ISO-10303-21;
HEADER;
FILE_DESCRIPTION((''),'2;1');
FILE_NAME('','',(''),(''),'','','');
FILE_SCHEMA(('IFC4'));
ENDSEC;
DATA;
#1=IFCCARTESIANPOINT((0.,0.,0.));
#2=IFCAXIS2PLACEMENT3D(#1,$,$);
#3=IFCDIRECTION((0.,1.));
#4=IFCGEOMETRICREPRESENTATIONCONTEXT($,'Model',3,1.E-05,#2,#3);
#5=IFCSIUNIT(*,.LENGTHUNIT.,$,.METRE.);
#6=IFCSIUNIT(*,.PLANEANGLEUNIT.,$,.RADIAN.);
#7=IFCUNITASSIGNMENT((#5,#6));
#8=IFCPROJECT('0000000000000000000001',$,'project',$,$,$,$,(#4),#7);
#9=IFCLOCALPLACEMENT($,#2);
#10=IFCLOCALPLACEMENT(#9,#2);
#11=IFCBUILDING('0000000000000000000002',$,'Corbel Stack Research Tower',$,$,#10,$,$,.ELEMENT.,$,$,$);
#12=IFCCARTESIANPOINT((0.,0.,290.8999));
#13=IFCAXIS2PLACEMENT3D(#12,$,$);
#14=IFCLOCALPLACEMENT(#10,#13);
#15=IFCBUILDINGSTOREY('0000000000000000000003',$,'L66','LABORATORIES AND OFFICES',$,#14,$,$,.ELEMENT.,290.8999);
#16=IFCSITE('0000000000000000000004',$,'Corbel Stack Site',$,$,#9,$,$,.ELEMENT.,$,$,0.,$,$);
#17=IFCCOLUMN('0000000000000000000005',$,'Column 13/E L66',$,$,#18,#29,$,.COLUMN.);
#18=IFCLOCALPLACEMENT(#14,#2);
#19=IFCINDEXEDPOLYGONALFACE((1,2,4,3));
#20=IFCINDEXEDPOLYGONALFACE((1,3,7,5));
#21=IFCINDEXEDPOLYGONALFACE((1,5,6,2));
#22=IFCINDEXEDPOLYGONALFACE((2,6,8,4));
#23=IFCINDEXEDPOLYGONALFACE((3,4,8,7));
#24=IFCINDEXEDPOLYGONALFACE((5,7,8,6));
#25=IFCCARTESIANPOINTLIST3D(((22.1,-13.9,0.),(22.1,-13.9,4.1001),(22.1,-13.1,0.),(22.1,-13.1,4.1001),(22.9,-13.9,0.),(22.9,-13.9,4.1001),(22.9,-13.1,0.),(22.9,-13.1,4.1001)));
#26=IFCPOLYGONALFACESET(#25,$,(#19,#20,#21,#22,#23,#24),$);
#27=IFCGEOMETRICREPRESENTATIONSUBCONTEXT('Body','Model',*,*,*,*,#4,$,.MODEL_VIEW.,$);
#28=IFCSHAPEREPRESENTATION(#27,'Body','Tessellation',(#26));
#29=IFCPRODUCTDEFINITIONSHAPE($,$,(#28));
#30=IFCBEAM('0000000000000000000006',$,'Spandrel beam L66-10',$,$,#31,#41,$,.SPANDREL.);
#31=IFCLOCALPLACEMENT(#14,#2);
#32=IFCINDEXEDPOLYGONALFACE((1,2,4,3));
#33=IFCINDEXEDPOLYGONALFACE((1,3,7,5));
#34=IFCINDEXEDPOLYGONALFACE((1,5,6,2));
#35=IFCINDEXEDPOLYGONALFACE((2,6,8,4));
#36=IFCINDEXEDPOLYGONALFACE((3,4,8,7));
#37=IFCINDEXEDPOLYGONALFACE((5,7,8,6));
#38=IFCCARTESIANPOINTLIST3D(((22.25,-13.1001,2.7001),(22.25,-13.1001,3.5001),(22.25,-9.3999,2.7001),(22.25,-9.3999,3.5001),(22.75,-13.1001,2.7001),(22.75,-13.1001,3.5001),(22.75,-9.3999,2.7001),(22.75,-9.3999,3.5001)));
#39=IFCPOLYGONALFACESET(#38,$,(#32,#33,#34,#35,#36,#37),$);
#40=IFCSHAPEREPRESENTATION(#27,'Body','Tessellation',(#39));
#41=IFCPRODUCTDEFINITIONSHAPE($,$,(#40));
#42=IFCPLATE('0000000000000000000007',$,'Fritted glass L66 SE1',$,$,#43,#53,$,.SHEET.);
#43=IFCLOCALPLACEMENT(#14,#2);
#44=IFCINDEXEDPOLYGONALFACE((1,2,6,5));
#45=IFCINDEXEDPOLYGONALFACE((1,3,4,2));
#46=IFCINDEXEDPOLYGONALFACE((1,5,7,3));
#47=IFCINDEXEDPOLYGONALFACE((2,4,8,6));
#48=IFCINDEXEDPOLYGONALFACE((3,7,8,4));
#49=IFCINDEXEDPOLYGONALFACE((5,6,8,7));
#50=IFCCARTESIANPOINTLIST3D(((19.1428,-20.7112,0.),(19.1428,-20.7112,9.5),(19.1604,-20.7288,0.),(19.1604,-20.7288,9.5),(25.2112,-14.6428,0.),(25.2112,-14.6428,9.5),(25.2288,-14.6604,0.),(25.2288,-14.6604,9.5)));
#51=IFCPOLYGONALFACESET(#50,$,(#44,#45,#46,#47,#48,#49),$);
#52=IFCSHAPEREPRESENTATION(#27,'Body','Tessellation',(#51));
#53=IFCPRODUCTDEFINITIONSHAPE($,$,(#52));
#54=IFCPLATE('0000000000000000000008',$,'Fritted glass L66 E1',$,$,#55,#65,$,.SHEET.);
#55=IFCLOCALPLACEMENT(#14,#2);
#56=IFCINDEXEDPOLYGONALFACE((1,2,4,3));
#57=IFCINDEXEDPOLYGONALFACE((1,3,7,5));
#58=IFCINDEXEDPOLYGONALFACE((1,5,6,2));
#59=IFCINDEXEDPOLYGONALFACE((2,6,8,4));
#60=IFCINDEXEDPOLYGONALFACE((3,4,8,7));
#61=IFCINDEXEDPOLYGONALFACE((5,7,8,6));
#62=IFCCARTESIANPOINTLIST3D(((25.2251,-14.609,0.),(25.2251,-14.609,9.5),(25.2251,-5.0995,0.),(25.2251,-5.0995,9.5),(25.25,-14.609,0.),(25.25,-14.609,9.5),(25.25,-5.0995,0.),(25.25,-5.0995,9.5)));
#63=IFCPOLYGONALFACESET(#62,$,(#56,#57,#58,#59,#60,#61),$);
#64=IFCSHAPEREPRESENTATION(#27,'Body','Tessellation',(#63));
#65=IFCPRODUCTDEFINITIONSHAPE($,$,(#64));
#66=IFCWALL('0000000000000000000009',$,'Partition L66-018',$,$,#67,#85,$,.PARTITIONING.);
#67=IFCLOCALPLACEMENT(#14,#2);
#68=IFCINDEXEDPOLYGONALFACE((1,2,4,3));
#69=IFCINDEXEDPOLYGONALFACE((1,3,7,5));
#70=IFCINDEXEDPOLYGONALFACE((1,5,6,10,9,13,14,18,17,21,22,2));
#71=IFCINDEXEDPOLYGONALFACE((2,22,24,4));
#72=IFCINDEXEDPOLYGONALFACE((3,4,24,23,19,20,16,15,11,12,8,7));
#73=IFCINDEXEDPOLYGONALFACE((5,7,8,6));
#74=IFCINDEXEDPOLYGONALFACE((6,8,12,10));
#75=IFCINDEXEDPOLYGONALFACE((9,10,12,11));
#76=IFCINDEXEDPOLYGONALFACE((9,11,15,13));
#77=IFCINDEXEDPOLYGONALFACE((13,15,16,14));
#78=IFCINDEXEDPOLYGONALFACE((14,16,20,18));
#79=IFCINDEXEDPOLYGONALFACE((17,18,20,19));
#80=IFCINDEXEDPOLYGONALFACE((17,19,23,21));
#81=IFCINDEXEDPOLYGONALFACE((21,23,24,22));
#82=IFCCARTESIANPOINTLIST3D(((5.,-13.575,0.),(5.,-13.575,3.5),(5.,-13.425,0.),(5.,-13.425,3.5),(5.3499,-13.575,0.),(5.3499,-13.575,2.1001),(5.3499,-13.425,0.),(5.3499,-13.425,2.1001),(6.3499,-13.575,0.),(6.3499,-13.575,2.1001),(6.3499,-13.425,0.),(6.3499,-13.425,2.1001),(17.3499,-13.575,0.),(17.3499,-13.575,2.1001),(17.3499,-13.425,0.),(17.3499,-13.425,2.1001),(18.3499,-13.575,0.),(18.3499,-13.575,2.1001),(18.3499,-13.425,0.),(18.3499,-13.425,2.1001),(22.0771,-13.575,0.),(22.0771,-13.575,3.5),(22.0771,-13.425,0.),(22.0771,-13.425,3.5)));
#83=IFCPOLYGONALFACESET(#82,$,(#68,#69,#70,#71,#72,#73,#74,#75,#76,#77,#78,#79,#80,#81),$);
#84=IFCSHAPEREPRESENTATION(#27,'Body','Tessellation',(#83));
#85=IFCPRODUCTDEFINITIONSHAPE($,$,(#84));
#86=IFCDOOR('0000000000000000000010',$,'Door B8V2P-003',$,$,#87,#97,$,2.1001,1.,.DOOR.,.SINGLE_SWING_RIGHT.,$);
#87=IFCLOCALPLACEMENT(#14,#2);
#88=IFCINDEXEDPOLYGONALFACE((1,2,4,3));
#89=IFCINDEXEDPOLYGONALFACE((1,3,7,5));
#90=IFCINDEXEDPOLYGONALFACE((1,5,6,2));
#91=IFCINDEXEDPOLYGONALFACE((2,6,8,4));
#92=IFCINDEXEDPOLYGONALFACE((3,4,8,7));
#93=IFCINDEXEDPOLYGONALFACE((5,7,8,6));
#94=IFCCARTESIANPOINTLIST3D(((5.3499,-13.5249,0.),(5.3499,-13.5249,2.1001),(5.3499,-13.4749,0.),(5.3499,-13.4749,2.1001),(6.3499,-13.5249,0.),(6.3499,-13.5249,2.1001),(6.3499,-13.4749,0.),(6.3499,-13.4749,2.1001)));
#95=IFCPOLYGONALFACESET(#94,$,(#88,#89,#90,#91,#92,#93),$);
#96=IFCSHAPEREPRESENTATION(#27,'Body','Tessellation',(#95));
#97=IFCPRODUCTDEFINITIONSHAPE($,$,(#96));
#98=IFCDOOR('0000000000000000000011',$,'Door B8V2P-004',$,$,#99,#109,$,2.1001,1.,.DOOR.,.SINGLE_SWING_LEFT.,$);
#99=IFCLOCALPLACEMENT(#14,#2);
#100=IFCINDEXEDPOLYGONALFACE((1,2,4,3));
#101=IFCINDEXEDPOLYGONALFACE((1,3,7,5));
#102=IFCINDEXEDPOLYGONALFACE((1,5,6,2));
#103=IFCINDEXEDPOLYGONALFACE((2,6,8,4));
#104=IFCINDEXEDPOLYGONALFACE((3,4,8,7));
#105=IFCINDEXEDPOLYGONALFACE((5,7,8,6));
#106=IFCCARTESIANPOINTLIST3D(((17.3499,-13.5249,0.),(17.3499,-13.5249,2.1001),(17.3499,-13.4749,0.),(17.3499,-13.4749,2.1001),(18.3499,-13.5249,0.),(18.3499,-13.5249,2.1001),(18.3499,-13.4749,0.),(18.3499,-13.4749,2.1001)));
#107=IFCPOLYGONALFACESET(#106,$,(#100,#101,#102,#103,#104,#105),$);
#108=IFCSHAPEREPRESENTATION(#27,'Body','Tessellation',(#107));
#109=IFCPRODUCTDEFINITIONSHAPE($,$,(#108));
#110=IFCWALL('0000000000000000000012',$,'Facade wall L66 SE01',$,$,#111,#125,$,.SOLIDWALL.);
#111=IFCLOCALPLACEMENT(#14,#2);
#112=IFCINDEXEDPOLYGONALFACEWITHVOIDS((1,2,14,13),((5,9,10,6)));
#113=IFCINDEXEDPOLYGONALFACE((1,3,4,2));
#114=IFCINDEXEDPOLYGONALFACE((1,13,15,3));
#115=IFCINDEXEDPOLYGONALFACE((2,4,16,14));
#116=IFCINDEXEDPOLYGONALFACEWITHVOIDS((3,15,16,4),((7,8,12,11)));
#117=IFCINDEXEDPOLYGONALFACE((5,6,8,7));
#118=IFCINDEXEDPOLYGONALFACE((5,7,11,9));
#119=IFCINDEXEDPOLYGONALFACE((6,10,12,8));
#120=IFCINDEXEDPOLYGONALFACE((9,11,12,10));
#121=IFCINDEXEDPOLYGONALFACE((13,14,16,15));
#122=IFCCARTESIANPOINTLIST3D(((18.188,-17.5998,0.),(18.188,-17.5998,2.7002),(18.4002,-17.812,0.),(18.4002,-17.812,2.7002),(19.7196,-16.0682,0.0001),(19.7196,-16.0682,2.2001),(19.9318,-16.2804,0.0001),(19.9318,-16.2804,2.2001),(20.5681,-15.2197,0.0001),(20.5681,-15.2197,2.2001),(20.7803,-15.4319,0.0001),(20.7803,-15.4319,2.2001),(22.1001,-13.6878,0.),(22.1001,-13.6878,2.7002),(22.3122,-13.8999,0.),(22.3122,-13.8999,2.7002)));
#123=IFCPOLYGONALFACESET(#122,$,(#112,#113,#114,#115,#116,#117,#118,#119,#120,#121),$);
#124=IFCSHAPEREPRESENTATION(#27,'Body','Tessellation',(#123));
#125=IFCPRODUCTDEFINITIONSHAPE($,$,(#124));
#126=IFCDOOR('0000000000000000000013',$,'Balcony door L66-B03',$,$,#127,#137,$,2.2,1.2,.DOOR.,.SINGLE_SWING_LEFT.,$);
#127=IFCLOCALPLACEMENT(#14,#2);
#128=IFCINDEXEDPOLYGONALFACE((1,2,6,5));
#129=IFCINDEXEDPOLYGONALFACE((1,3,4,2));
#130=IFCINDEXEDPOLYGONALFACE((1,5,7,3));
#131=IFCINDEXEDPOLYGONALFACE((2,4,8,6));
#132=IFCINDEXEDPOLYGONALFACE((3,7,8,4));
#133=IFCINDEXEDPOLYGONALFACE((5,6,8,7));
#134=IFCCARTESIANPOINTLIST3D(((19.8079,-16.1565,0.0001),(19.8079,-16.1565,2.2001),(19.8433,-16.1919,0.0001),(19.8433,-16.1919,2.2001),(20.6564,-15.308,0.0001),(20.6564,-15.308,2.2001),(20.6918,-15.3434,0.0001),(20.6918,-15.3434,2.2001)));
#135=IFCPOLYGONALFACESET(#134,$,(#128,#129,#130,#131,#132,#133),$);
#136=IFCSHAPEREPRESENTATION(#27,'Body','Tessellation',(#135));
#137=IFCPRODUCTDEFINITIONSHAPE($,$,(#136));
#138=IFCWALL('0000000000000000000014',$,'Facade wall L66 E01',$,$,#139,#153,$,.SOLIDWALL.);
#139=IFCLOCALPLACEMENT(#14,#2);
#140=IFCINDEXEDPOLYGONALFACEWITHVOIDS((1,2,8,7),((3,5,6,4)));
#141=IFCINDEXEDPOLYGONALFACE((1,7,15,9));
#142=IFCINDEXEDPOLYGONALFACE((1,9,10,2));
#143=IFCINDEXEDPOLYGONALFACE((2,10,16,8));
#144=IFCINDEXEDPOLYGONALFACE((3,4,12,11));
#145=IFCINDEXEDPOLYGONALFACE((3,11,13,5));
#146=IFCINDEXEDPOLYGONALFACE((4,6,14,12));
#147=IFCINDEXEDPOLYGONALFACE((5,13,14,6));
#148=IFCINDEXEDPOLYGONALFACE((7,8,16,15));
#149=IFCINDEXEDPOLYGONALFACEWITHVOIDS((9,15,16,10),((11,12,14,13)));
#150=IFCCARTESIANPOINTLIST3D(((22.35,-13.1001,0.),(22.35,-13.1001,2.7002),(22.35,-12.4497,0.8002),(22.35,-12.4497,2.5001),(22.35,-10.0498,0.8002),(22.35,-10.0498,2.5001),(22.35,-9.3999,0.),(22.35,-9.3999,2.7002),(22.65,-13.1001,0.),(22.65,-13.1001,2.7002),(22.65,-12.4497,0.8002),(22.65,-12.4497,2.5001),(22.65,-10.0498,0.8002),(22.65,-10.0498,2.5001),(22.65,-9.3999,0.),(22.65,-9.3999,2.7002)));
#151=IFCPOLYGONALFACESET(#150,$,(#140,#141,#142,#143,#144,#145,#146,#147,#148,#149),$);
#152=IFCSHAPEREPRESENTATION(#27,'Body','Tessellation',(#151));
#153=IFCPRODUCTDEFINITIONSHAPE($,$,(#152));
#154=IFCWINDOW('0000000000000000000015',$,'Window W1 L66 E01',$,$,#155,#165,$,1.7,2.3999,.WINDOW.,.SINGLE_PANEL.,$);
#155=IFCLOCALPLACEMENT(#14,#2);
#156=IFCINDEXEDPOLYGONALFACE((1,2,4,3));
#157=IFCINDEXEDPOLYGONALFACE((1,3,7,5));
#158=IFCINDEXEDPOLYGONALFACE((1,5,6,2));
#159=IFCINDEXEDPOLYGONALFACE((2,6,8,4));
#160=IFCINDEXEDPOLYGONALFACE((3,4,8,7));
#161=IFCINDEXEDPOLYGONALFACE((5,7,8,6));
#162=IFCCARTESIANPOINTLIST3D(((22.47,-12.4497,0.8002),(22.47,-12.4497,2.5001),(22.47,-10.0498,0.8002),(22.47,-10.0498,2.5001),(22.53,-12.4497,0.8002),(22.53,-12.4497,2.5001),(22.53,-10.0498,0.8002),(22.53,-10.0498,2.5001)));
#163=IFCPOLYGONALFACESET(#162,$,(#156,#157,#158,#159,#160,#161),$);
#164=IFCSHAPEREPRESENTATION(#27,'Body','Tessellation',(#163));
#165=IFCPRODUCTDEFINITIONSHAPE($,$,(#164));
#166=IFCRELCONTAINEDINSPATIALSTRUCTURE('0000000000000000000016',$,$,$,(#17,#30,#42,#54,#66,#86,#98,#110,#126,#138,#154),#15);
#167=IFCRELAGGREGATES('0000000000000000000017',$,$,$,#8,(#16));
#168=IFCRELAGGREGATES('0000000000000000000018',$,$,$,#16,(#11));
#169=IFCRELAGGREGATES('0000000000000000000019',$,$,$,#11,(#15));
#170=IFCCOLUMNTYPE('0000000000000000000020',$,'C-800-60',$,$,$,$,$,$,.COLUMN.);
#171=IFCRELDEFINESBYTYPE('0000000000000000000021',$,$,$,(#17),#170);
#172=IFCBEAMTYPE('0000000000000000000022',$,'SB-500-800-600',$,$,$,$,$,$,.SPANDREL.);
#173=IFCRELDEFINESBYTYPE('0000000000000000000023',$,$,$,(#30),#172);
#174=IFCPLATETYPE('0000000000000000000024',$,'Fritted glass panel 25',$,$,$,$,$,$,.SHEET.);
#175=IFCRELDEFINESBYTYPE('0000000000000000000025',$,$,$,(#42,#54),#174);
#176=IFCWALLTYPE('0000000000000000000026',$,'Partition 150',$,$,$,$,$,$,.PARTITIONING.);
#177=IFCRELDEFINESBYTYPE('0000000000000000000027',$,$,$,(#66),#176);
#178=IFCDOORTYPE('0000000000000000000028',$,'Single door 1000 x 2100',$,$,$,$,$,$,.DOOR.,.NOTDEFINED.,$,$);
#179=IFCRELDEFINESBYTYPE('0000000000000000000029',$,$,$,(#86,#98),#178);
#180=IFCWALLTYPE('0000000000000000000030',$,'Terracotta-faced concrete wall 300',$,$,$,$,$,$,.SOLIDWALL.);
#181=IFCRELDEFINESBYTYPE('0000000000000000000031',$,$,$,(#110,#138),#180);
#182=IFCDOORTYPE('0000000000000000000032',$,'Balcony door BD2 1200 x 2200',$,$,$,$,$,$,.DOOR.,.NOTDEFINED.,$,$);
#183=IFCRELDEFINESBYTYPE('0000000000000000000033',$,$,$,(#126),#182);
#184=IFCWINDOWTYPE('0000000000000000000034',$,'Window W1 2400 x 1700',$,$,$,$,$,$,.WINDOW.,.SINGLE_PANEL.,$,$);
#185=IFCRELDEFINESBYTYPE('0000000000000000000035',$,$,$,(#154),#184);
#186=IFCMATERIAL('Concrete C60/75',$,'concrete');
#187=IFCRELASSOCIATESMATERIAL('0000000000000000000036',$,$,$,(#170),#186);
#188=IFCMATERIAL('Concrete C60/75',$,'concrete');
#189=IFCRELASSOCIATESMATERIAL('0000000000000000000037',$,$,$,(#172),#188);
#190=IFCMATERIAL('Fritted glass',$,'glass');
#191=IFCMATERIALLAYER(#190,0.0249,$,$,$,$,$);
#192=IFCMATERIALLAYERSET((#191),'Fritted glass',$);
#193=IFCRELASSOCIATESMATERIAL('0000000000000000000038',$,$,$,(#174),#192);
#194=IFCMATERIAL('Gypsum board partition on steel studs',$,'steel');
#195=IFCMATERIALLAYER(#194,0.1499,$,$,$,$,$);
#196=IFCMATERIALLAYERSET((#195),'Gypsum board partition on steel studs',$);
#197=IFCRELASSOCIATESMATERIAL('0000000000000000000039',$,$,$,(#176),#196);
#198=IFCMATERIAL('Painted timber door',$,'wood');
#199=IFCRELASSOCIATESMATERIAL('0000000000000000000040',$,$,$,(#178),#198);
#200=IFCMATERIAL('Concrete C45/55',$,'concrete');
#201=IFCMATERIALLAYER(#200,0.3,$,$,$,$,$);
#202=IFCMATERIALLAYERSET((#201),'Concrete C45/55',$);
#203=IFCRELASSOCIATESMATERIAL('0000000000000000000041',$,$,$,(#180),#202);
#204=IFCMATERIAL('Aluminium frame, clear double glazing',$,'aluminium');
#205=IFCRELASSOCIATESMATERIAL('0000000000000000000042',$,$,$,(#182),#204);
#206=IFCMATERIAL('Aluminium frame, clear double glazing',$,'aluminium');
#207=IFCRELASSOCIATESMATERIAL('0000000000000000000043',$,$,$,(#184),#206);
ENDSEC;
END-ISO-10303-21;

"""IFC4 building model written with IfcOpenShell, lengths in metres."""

from ifc_helpers import new_model, si_unit, direction, frame, frame_2d, origin, origin_2d, place, context, subcontext, project, spatial, rectangle, extrude, material, layer, layer_set, material_profile, profile_set, type_object, element, fill, save


model = new_model("IFC4")

# Units and contexts
model_context = context("Model", 3, precision=1e-05, world=origin(), true_north=direction((0.0, 1.0)))
body_context = subcontext(model_context, "Body", "Model", "MODEL_VIEW")
ifc_project = project(units=[si_unit("LENGTHUNIT", "METRE"), si_unit("PLANEANGLEUNIT", "RADIAN")], contexts=[model_context])

# Site, building, storey
site_placement = place(None, origin())
site = spatial("IfcSite", under=ifc_project, at=site_placement, Name="Corbel Stack Site", CompositionType="ELEMENT", RefElevation=0.0)
building_placement = place(site_placement, origin())
building = spatial("IfcBuilding", under=site, at=building_placement, Name="Corbel Stack Research Tower", CompositionType="ELEMENT")
storey_placement = place(building_placement, frame((0.0, 0.0, 290.8999)))
storey = spatial("IfcBuildingStorey", under=building, at=storey_placement, Name="L66", Description="LABORATORIES AND OFFICES", CompositionType="ELEMENT", Elevation=290.8999)

# Column
ifc_material_1 = material(Name="Concrete C60/75", Category="concrete")
ifc_material_profile_1 = material_profile(ifc_material_1, rectangle(XDim=0.8, YDim=0.8, at=origin_2d()), Name="RC 800 x 800")
ifc_profile_set_1 = profile_set([ifc_material_profile_1], Name="Concrete C60/75")
column_type = type_object("IfcColumnType", Name="C-800-60", PredefinedType="COLUMN", material=ifc_profile_set_1)
column_placement = place(storey_placement, frame((22.5, -13.5, 0.0), z_axis=(0.0, 0.0, 1.0), x_axis=(1.0, 0.0, 0.0)))
element("IfcColumn", 1, at=column_placement, inside=storey, type_object=column_type, Name="Column 13/E L66", PredefinedType="COLUMN", context=body_context, shape_type="SweptSolid", body=[
    extrude(rectangle(XDim=0.8, YDim=0.8, at=origin_2d()), origin(), (0.0, 0.0, 1.0), 4.1001),
])

# Beam
ifc_material_2 = material(Name="Concrete C60/75", Category="concrete")
ifc_material_profile_2 = material_profile(ifc_material_2, rectangle(XDim=0.5, YDim=0.8, at=origin_2d()), Name="RC 500 x 800")
ifc_profile_set_2 = profile_set([ifc_material_profile_2], Name="Concrete C60/75")
beam_type = type_object("IfcBeamType", Name="SB-500-800-600", PredefinedType="SPANDREL", material=ifc_profile_set_2)
beam_placement = place(storey_placement, frame((22.5, -13.1001, 3.1001), z_axis=(0.0, 1.0, 0.0), x_axis=(-1.0, 0.0, 0.0)))
element("IfcBeam", 2, at=beam_placement, inside=storey, type_object=beam_type, Name="Spandrel beam L66-10", PredefinedType="SPANDREL", context=body_context, shape_type="SweptSolid", body=[
    extrude(rectangle(XDim=0.5, YDim=0.8, at=origin_2d()), origin(), (0.0, 0.0, 1.0), 3.7002),
])

# Plates
ifc_material_3 = material(Name="Fritted glass", Category="glass")
ifc_layer_1 = layer(ifc_material_3, 0.0249)
ifc_layer_set_1 = layer_set([ifc_layer_1], Name="Fritted glass")
plate_type = type_object("IfcPlateType", Name="Fritted glass panel 25", PredefinedType="SHEET", material=ifc_layer_set_1)
plate_1_placement = place(storey_placement, frame((22.1858, -17.6858, 0.0), z_axis=(0.0, 0.0, 1.0), x_axis=(0.707107, 0.707107, 0.0)))
element("IfcPlate", 3, at=plate_1_placement, inside=storey, type_object=plate_type, Name="Fritted glass L66 SE1", PredefinedType="SHEET", context=body_context, shape_type="SweptSolid", body=[
    extrude(rectangle(XDim=8.582, YDim=0.0249, at=origin_2d()), origin(), (0.0, 0.0, 1.0), 9.5),
])
plate_2_placement = place(storey_placement, frame((25.2375, -9.8542, 0.0), z_axis=(0.0, 0.0, 1.0), x_axis=(0.0, 1.0, 0.0)))
element("IfcPlate", 4, at=plate_2_placement, inside=storey, type_object=plate_type, Name="Fritted glass L66 E1", PredefinedType="SHEET", context=body_context, shape_type="SweptSolid", body=[
    extrude(rectangle(XDim=9.5095, YDim=0.0249, at=origin_2d()), origin(), (0.0, 0.0, 1.0), 9.5),
])

# Wall, openings, doors
ifc_material_4 = material(Name="Gypsum board partition on steel studs", Category="steel")
ifc_layer_2 = layer(ifc_material_4, 0.1499)
ifc_layer_set_2 = layer_set([ifc_layer_2], Name="Gypsum board partition on steel studs")
wall_type_1 = type_object("IfcWallType", Name="Partition 150", PredefinedType="PARTITIONING", material=ifc_layer_set_2)
wall_1_placement = place(storey_placement, frame((22.0771, -13.5, 0.0), z_axis=(0.0, 0.0, 1.0), x_axis=(-1.0, 0.0, 0.0)))
wall_1 = element("IfcWall", 5, at=wall_1_placement, inside=storey, type_object=wall_type_1, Name="Partition L66-018", PredefinedType="PARTITIONING", context=body_context, shape_type="SweptSolid", body=[
    extrude(rectangle(XDim=17.0771, YDim=0.1499, at=frame_2d((8.5386, 0.0))), origin(), (0.0, 0.0, 1.0), 3.5),
])
opening_1_placement = place(wall_1_placement, frame((15.7273, 0.0, 0.0)))
opening_1 = element("IfcOpeningElement", 6, at=opening_1_placement, cuts=wall_1, PredefinedType="OPENING", context=body_context, shape_type="SweptSolid", body=[
    extrude(rectangle(XDim=1.0, YDim=2.1001, at=frame_2d((0.5, 1.05))), frame((0.0, 0.085, 0.0), z_axis=(0.0, -1.0, 0.0), x_axis=(1.0, 0.0, 0.0)), (0.0, 0.0, 1.0), 0.1699),
])
opening_2_placement = place(wall_1_placement, frame((3.7273, 0.0, 0.0)))
opening_2 = element("IfcOpeningElement", 7, at=opening_2_placement, cuts=wall_1, PredefinedType="OPENING", context=body_context, shape_type="SweptSolid", body=[
    extrude(rectangle(XDim=1.0, YDim=2.1001, at=frame_2d((0.5, 1.05))), frame((0.0, 0.085, 0.0), z_axis=(0.0, -1.0, 0.0), x_axis=(1.0, 0.0, 0.0)), (0.0, 0.0, 1.0), 0.1699),
])
ifc_material_5 = material(Name="Painted timber door", Category="wood")
door_type_1 = type_object("IfcDoorType", Name="Single door 1000 x 2100", OperationType="NOTDEFINED", PredefinedType="DOOR", material=ifc_material_5)
door_1_placement = place(opening_1_placement, origin())
door_1 = element("IfcDoor", 8, at=door_1_placement, inside=storey, type_object=door_type_1, Name="Door B8V2P-003", OperationType="SINGLE_SWING_RIGHT", OverallHeight=2.1001, OverallWidth=1.0, PredefinedType="DOOR", context=body_context, shape_type="SweptSolid", body=[
    extrude(rectangle(XDim=1.0, YDim=2.1001, at=frame_2d((0.5, 1.05))), frame((0.0, 0.0249, 0.0), z_axis=(0.0, -1.0, 0.0), x_axis=(1.0, 0.0, 0.0)), (0.0, 0.0, 1.0), 0.05),
])
fill(opening_1, door_1)
door_2_placement = place(opening_2_placement, origin())
door_2 = element("IfcDoor", 9, at=door_2_placement, inside=storey, type_object=door_type_1, Name="Door B8V2P-004", OperationType="SINGLE_SWING_LEFT", OverallHeight=2.1001, OverallWidth=1.0, PredefinedType="DOOR", context=body_context, shape_type="SweptSolid", body=[
    extrude(rectangle(XDim=1.0, YDim=2.1001, at=frame_2d((0.5, 1.05))), frame((0.0, 0.0249, 0.0), z_axis=(0.0, -1.0, 0.0), x_axis=(1.0, 0.0, 0.0)), (0.0, 0.0, 1.0), 0.05),
])
fill(opening_2, door_2)

# Wall, opening, door
ifc_material_6 = material(Name="Concrete C45/55", Category="concrete")
ifc_layer_3 = layer(ifc_material_6, 0.3)
ifc_layer_set_3 = layer_set([ifc_layer_3], Name="Concrete C45/55")
wall_type_2 = type_object("IfcWallType", Name="Terracotta-faced concrete wall 300", PredefinedType="SOLIDWALL", material=ifc_layer_set_3)
wall_2_placement = place(storey_placement, frame((22.2061, -13.7939, 0.0), z_axis=(0.0, 0.0, 1.0), x_axis=(-0.707107, -0.707107, 0.0)))
wall_2 = element("IfcWall", 10, at=wall_2_placement, inside=storey, type_object=wall_type_2, Name="Facade wall L66 SE01", PredefinedType="SOLIDWALL", context=body_context, shape_type="SweptSolid", body=[
    extrude(rectangle(XDim=5.5325, YDim=0.3, at=frame_2d((2.7661, 0.0))), origin(), (0.0, 0.0, 1.0), 2.7002),
])
opening_3_placement = place(wall_2_placement, frame((2.1663, 0.0, 0.0)))
opening_3 = element("IfcOpeningElement", 11, at=opening_3_placement, cuts=wall_2, PredefinedType="OPENING", context=body_context, shape_type="SweptSolid", body=[
    extrude(rectangle(XDim=1.2, YDim=2.2, at=frame_2d((0.6001, 1.1001))), frame((0.0, 0.1599, 0.0), z_axis=(0.0, -1.0, 0.0), x_axis=(1.0, 0.0, 0.0)), (0.0, 0.0, 1.0), 0.3201),
])
ifc_material_7 = material(Name="Aluminium frame, clear double glazing", Category="aluminium")
door_type_2 = type_object("IfcDoorType", Name="Balcony door BD2 1200 x 2200", OperationType="NOTDEFINED", PredefinedType="DOOR", material=ifc_material_7)
door_3_placement = place(opening_3_placement, origin())
door_3 = element("IfcDoor", 12, at=door_3_placement, inside=storey, type_object=door_type_2, Name="Balcony door L66-B03", OperationType="SINGLE_SWING_LEFT", OverallHeight=2.2, OverallWidth=1.2, PredefinedType="DOOR", context=body_context, shape_type="SweptSolid", body=[
    extrude(rectangle(XDim=1.2, YDim=2.2, at=frame_2d((0.6001, 1.1001))), frame((0.0, 0.0249, 0.0), z_axis=(0.0, -1.0, 0.0), x_axis=(1.0, 0.0, 0.0)), (0.0, 0.0, 1.0), 0.05),
])
fill(opening_3, door_3)

# Wall, opening, window
wall_3_placement = place(storey_placement, frame((22.5, -9.3999, 0.0), z_axis=(0.0, 0.0, 1.0), x_axis=(0.0, -1.0, 0.0)))
wall_3 = element("IfcWall", 13, at=wall_3_placement, inside=storey, type_object=wall_type_2, Name="Facade wall L66 E01", PredefinedType="SOLIDWALL", context=body_context, shape_type="SweptSolid", body=[
    extrude(rectangle(XDim=3.7002, YDim=0.3, at=frame_2d((1.8501, 0.0))), origin(), (0.0, 0.0, 1.0), 2.7002),
])
opening_4_placement = place(wall_3_placement, frame((0.6499, 0.0, 0.8)))
opening_4 = element("IfcOpeningElement", 14, at=opening_4_placement, cuts=wall_3, PredefinedType="OPENING", context=body_context, shape_type="SweptSolid", body=[
    extrude(rectangle(XDim=2.3999, YDim=1.7, at=frame_2d((1.2, 0.8501))), frame((0.0, 0.1599, 0.0), z_axis=(0.0, -1.0, 0.0), x_axis=(1.0, 0.0, 0.0)), (0.0, 0.0, 1.0), 0.3201),
])
ifc_material_8 = material(Name="Aluminium frame, clear double glazing", Category="aluminium")
window_type = type_object("IfcWindowType", Name="Window W1 2400 x 1700", PartitioningType="SINGLE_PANEL", PredefinedType="WINDOW", material=ifc_material_8)
window_placement = place(opening_4_placement, origin())
window = element("IfcWindow", 15, at=window_placement, inside=storey, type_object=window_type, Name="Window W1 L66 E01", OverallHeight=1.7, OverallWidth=2.3999, PartitioningType="SINGLE_PANEL", PredefinedType="WINDOW", context=body_context, shape_type="SweptSolid", body=[
    extrude(rectangle(XDim=2.3999, YDim=1.7, at=frame_2d((1.2, 0.8501))), frame((0.0, 0.03, 0.0), z_axis=(0.0, -1.0, 0.0), x_axis=(1.0, 0.0, 0.0)), (0.0, 0.0, 1.0), 0.0601),
])
fill(opening_4, window)

save(model, "model.ifc")
